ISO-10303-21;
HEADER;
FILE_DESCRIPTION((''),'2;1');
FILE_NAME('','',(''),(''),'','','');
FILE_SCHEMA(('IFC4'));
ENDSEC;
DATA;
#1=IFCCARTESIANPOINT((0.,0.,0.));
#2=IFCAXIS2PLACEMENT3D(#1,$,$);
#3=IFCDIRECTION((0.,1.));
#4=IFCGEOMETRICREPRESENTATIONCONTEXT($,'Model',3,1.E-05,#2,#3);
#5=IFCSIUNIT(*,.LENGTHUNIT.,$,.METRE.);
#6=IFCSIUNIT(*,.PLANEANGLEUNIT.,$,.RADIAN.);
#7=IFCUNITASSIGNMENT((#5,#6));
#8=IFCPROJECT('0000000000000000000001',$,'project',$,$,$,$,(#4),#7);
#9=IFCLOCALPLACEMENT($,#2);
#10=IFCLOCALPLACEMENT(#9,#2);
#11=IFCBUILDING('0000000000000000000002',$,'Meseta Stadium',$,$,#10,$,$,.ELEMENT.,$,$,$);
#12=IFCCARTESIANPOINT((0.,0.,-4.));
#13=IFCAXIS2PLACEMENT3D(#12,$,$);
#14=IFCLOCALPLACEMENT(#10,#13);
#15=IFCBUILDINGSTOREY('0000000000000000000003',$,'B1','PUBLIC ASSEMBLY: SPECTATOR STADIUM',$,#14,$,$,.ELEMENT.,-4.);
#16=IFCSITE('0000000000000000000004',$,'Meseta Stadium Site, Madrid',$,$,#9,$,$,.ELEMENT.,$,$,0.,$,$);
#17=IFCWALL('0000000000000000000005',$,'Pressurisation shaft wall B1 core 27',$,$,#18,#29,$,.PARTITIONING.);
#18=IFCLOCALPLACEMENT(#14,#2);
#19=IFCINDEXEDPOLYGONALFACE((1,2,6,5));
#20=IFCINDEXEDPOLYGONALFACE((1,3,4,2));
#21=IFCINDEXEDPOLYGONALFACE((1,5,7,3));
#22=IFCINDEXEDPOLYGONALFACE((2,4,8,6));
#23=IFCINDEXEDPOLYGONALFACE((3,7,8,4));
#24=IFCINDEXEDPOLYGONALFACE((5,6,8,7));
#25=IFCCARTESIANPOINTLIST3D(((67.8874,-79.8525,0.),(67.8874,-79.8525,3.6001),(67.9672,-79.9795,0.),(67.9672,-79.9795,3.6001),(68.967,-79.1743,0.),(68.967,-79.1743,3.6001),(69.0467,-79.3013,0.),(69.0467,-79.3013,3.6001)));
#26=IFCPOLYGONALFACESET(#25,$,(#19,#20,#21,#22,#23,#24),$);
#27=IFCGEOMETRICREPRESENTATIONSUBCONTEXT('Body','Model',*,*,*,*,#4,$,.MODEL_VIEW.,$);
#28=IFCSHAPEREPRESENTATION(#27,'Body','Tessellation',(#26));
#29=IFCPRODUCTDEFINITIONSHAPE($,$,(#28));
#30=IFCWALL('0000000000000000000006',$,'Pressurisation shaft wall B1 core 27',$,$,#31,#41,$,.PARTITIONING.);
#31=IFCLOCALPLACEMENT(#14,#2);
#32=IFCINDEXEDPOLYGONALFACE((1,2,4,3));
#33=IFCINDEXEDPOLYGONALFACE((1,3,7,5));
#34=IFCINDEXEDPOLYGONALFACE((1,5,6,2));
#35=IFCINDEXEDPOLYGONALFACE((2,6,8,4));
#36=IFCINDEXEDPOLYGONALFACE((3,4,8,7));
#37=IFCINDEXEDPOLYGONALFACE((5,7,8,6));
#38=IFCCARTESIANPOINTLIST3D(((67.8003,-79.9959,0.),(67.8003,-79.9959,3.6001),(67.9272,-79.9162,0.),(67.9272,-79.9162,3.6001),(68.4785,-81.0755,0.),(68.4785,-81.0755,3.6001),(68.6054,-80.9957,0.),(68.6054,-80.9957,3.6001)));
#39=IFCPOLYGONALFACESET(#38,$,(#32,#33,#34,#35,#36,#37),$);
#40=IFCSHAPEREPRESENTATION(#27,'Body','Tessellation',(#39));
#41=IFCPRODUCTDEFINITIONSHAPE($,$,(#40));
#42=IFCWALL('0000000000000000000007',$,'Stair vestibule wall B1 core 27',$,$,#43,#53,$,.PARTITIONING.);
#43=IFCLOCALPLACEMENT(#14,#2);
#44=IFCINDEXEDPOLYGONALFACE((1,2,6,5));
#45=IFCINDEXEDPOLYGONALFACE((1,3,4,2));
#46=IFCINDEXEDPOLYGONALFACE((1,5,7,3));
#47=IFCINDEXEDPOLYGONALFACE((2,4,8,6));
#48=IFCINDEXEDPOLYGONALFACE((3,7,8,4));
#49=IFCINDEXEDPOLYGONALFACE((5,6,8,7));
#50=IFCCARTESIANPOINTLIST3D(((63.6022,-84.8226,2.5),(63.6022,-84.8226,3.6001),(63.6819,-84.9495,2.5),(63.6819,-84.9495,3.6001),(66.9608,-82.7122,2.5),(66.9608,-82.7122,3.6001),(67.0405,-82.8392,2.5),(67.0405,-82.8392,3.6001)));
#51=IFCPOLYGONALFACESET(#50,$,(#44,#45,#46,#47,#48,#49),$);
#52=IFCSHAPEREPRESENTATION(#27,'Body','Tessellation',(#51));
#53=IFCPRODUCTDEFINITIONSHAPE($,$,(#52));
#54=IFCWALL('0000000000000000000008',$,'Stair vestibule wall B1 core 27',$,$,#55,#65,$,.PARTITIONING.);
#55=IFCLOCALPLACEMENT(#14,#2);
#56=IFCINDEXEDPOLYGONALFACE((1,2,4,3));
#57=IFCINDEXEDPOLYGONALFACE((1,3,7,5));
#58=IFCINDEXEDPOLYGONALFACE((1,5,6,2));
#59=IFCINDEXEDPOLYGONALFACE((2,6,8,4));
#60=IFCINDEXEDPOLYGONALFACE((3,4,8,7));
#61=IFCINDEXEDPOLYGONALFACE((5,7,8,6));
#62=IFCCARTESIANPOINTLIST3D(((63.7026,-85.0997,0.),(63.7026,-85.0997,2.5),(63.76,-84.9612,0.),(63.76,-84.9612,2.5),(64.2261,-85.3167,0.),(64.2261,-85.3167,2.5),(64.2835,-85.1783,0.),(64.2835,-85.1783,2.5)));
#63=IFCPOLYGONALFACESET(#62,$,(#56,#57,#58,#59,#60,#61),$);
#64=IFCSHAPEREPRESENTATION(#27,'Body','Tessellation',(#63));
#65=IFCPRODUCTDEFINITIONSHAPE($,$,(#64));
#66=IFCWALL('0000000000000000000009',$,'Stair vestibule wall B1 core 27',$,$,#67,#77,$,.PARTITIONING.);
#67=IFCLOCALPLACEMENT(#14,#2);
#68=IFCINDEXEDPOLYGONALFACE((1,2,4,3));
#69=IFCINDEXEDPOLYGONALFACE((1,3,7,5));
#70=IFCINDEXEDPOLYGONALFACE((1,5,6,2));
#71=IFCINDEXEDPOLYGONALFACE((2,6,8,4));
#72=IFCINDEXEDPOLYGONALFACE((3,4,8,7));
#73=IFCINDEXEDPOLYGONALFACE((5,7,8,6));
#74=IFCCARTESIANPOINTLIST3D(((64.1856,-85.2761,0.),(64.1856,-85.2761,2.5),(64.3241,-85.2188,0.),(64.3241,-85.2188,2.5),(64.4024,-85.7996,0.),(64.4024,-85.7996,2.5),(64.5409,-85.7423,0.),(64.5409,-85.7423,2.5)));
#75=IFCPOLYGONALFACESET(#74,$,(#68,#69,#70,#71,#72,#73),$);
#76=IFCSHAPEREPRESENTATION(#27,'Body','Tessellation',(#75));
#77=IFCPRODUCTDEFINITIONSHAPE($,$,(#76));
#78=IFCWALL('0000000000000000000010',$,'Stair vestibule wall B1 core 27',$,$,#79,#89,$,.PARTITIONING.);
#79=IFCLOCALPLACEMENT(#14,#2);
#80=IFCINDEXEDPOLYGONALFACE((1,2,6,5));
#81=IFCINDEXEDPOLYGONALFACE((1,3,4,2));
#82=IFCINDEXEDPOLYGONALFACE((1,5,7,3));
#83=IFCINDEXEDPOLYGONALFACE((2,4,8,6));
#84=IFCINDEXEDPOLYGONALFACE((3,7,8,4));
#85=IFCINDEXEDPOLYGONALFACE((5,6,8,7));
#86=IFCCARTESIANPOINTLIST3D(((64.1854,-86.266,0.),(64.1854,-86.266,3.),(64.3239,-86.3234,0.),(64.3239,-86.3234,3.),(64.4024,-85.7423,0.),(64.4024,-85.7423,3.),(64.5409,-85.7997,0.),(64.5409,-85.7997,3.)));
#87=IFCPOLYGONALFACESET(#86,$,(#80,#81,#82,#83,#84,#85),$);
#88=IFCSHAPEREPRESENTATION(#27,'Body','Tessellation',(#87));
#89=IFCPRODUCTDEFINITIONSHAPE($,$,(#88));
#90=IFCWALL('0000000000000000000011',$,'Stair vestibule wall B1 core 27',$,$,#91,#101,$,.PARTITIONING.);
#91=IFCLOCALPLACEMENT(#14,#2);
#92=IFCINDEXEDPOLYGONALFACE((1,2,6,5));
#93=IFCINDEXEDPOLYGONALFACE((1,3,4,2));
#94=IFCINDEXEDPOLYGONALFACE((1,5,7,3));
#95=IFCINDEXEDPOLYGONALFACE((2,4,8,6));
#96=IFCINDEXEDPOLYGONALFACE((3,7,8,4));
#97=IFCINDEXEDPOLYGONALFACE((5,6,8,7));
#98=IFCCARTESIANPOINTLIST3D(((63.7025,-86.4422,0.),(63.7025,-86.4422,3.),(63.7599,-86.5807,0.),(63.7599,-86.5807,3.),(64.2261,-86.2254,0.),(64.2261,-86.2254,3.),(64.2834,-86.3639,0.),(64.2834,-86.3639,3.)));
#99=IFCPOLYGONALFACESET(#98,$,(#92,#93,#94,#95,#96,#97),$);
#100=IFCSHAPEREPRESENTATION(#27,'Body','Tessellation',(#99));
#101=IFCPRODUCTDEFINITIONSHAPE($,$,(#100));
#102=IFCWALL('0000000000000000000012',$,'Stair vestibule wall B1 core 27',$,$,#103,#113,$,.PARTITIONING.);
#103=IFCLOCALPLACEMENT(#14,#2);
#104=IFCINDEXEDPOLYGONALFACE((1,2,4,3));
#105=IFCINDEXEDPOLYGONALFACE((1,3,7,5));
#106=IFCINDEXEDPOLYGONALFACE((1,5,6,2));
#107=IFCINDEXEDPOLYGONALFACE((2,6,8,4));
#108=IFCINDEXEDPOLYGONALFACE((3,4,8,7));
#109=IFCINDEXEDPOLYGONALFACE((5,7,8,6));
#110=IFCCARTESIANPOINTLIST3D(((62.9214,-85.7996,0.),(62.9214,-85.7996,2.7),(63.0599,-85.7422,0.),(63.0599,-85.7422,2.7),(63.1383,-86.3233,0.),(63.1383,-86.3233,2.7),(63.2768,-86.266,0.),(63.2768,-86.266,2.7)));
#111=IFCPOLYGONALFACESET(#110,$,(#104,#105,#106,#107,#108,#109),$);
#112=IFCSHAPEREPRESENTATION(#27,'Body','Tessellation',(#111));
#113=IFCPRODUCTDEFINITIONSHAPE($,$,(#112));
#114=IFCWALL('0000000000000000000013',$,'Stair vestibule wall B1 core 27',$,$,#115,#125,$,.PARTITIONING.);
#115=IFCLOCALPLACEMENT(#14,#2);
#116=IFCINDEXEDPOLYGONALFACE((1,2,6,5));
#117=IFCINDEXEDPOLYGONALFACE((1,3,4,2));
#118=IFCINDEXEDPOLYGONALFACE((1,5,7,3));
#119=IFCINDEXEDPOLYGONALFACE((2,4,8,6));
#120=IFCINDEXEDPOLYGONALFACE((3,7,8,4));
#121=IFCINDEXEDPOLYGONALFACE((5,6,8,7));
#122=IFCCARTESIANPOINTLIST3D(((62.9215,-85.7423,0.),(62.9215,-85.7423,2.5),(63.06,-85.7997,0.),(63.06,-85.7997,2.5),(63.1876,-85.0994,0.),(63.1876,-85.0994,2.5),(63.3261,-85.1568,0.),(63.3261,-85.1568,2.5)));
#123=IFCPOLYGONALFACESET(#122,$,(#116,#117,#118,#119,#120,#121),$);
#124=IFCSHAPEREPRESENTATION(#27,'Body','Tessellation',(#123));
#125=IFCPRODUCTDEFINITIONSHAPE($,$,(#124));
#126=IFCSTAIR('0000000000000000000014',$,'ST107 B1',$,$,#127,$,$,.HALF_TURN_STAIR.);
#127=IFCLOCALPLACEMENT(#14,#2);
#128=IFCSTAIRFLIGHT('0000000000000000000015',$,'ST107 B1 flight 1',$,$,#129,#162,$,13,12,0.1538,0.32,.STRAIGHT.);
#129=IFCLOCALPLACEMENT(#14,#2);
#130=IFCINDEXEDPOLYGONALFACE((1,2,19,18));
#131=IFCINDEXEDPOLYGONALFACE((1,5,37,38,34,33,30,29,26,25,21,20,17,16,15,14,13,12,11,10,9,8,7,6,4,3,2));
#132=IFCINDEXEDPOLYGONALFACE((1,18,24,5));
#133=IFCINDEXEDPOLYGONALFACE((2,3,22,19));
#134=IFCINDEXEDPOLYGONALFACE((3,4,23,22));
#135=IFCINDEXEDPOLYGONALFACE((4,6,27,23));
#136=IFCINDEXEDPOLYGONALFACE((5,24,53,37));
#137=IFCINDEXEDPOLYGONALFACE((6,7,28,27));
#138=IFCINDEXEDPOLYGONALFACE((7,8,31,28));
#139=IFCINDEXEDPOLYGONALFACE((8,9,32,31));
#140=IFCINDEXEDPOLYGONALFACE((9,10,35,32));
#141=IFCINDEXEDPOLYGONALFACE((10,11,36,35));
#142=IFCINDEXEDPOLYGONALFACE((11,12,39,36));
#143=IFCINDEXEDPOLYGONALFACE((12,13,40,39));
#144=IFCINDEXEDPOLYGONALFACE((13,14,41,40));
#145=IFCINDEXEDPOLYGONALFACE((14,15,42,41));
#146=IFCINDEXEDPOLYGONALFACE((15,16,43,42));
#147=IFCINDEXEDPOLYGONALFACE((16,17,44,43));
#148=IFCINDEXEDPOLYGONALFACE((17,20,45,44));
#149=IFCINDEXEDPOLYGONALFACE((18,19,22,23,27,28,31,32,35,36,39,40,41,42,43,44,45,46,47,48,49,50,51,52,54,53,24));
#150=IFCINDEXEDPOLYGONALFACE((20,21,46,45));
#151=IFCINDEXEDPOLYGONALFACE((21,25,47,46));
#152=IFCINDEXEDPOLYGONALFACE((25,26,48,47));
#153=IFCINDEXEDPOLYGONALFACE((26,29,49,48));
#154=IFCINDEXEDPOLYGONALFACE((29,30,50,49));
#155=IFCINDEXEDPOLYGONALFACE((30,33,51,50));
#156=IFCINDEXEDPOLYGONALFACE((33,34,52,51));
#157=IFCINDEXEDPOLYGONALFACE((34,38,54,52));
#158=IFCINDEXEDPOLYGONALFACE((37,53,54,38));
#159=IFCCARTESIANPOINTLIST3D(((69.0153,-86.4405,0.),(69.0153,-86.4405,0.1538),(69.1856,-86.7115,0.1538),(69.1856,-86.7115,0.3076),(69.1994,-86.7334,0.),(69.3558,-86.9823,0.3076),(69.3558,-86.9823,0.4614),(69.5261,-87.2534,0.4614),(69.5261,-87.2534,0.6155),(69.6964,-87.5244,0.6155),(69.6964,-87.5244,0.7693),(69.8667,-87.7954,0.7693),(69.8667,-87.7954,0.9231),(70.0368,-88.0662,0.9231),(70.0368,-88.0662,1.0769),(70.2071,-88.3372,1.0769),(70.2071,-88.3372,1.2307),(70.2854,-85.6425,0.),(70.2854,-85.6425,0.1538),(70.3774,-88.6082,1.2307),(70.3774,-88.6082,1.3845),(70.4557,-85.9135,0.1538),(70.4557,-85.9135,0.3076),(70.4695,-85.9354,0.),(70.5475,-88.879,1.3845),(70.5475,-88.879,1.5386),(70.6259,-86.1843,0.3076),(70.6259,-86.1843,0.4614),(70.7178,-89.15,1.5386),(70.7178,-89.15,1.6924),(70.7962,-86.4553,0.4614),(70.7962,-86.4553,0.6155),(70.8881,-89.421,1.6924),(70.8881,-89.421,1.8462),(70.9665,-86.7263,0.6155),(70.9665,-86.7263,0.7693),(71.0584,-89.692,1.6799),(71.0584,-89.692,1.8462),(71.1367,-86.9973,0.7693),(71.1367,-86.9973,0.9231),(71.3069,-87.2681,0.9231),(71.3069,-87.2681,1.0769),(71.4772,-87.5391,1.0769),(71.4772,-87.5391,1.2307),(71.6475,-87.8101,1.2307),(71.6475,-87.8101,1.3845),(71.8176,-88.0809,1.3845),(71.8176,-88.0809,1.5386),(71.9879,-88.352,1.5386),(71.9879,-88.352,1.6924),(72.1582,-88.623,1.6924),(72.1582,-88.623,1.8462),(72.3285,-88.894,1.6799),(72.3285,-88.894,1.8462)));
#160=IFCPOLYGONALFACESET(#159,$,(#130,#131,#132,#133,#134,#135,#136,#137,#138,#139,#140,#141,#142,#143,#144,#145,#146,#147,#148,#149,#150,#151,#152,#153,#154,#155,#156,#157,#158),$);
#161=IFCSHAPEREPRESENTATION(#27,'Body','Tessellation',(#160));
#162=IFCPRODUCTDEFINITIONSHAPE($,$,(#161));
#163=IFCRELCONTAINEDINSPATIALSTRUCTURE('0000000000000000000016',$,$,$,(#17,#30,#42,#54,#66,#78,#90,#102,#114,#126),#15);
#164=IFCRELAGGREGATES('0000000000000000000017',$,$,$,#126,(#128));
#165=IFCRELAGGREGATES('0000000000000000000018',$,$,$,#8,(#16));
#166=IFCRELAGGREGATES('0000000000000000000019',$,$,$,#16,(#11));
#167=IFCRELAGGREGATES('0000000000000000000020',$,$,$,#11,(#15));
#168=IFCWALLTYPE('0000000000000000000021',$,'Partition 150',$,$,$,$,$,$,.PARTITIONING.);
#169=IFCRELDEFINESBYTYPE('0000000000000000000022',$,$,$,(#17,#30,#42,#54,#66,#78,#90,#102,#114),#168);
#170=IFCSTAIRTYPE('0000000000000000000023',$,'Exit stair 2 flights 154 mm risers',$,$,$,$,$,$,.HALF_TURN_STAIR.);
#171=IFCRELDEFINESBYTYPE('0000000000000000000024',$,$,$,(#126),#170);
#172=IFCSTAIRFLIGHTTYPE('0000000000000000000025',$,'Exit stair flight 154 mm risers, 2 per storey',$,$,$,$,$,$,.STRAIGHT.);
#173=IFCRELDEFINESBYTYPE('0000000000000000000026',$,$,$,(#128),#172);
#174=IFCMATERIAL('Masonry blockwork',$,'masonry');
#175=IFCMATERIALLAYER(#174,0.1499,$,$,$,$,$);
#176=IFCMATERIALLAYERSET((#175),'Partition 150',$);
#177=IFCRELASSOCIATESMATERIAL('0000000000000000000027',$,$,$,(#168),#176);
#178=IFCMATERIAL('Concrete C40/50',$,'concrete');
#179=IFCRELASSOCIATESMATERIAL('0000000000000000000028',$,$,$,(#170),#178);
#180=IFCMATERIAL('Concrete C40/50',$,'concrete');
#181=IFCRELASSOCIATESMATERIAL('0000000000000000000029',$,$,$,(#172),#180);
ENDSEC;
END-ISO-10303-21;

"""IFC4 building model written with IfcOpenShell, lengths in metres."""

from ifc_helpers import new_model, si_unit, direction, frame, frame_2d, origin, place, context, subcontext, project, spatial, polyline, rectangle, outline, extrude, material, layer, layer_set, type_object, element, aggregate, save


model = new_model("IFC4")

# Units and contexts
model_context = context("Model", 3, precision=1e-05, world=origin(), true_north=direction((0.0, 1.0)))
body_context = subcontext(model_context, "Body", "Model", "MODEL_VIEW")
ifc_project = project(units=[si_unit("LENGTHUNIT", "METRE"), si_unit("PLANEANGLEUNIT", "RADIAN")], contexts=[model_context])

# Site, building, storey
site_placement = place(None, origin())
site = spatial("IfcSite", under=ifc_project, at=site_placement, Name="Meseta Stadium Site, Madrid", CompositionType="ELEMENT", RefElevation=0.0)
building_placement = place(site_placement, origin())
building = spatial("IfcBuilding", under=site, at=building_placement, Name="Meseta Stadium", CompositionType="ELEMENT")
storey_placement = place(building_placement, frame((0.0, 0.0, -4.0)))
storey = spatial("IfcBuildingStorey", under=building, at=storey_placement, Name="B1", Description="PUBLIC ASSEMBLY: SPECTATOR STADIUM", CompositionType="ELEMENT", Elevation=-4.0)

# Walls
ifc_material_1 = material(Name="Masonry blockwork", Category="masonry")
ifc_layer_1 = layer(ifc_material_1, 0.1499)
ifc_layer_set_1 = layer_set([ifc_layer_1], Name="Partition 150")
wall_type_1 = type_object("IfcWallType", Name="Partition 150", PredefinedType="PARTITIONING", material=ifc_layer_set_1)
for number, where, z_axis, x_axis, name in (
    (1, (69.0068, -79.2378, 0.0), (0.0, 0.0, 1.0), (-0.84677, -0.53196, 0.0), "Pressurisation shaft wall B1 core 27"),
    (2, (67.8638, -79.9561, 0.0), (0.0, 0.0, 1.0), (0.53196, -0.84677, 0.0), "Pressurisation shaft wall B1 core 27"),
):
    element("IfcWall", number, at=place(storey_placement, frame(where, z_axis=z_axis, x_axis=x_axis)), inside=storey, type_object=wall_type_1, Name=name, PredefinedType="PARTITIONING", context=body_context, shape_type="SweptSolid", body=[
        extrude(rectangle(XDim=1.2749, YDim=0.1499, at=frame_2d((0.6375, 0.0))), origin(), (0.0, 0.0, 1.0), 3.6001),
    ])
wall_1_placement = place(storey_placement, frame((67.0007, -82.7756, 2.5), z_axis=(0.0, 0.0, 1.0), x_axis=(-0.846727, -0.532028, 0.0)))
element("IfcWall", 3, at=wall_1_placement, inside=storey, type_object=wall_type_1, Name="Stair vestibule wall B1 core 27", PredefinedType="PARTITIONING", context=body_context, shape_type="SweptSolid", body=[
    extrude(rectangle(XDim=3.9666, YDim=0.1499, at=frame_2d((1.9834, 0.0))), origin(), (0.0, 0.0, 1.0), 1.1001),
])
for number, where, z_axis, x_axis, name in (
    (4, (63.7314, -85.0305, 0.0), (0.0, 0.0, 1.0), (0.923738, -0.383024, 0.0), "Stair vestibule wall B1 core 27"),
    (5, (64.2549, -85.2476, 0.0), (0.0, 0.0, 1.0), (0.382656, -0.923891, 0.0), "Stair vestibule wall B1 core 27"),
):
    element("IfcWall", number, at=place(storey_placement, frame(where, z_axis=z_axis, x_axis=x_axis)), inside=storey, type_object=wall_type_1, Name=name, PredefinedType="PARTITIONING", context=body_context, shape_type="SweptSolid", body=[
        extrude(rectangle(XDim=0.5667, YDim=0.1499, at=frame_2d((0.2832, 0.0))), origin(), (0.0, 0.0, 1.0), 2.5),
    ])
wall_2_placement = place(storey_placement, frame((64.4717, -85.771, 0.0), z_axis=(0.0, 0.0, 1.0), x_axis=(-0.382872, -0.923802, 0.0)))
element("IfcWall", 6, at=wall_2_placement, inside=storey, type_object=wall_type_1, Name="Stair vestibule wall B1 core 27", PredefinedType="PARTITIONING", context=body_context, shape_type="SweptSolid", body=[
    extrude(rectangle(XDim=0.5669, YDim=0.1499, at=frame_2d((0.2834, 0.0))), origin(), (0.0, 0.0, 1.0), 3.0),
])
wall_3_placement = place(storey_placement, frame((64.2546, -86.2947, 0.0), z_axis=(0.0, 0.0, 1.0), x_axis=(-0.923891, -0.382656, 0.0)))
element("IfcWall", 7, at=wall_3_placement, inside=storey, type_object=wall_type_1, Name="Stair vestibule wall B1 core 27", PredefinedType="PARTITIONING", context=body_context, shape_type="SweptSolid", body=[
    extrude(rectangle(XDim=0.5667, YDim=0.1499, at=frame_2d((0.2832, 0.0))), origin(), (0.0, 0.0, 1.0), 3.0),
])
wall_4_placement = place(storey_placement, frame((63.2075, -86.2947, 0.0), z_axis=(0.0, 0.0, 1.0), x_axis=(-0.382504, 0.923954, 0.0)))
element("IfcWall", 8, at=wall_4_placement, inside=storey, type_object=wall_type_1, Name="Stair vestibule wall B1 core 27", PredefinedType="PARTITIONING", context=body_context, shape_type="SweptSolid", body=[
    extrude(rectangle(XDim=0.5669, YDim=0.1499, at=frame_2d((0.2834, 0.0))), origin(), (0.0, 0.0, 1.0), 2.7),
])
wall_5_placement = place(storey_placement, frame((62.9907, -85.771, 0.0), z_axis=(0.0, 0.0, 1.0), x_axis=(0.382496, 0.923957, 0.0)))
element("IfcWall", 9, at=wall_5_placement, inside=storey, type_object=wall_type_1, Name="Stair vestibule wall B1 core 27", PredefinedType="PARTITIONING", context=body_context, shape_type="SweptSolid", body=[
    extrude(rectangle(XDim=0.6958, YDim=0.1499, at=frame_2d((0.3479, 0.0))), origin(), (0.0, 0.0, 1.0), 2.5),
])

# Stair, stair flight
ifc_material_2 = material(Name="Concrete C40/50", Category="concrete")
stair_type = type_object("IfcStairType", Name="Exit stair 2 flights 154 mm risers", PredefinedType="HALF_TURN_STAIR", material=ifc_material_2)
stair_placement = place(storey_placement, origin())
stair = element("IfcStair", 10, at=stair_placement, inside=storey, type_object=stair_type, Name="ST107 B1", PredefinedType="HALF_TURN_STAIR")
ifc_material_3 = material(Name="Concrete C40/50", Category="concrete")
stair_flight_type = type_object("IfcStairFlightType", Name="Exit stair flight 154 mm risers, 2 per storey", PredefinedType="STRAIGHT", material=ifc_material_3)
stair_flight_placement = place(storey_placement, frame((69.6504, -86.0415, 0.0), z_axis=(0.0, 0.0, 1.0), x_axis=(0.532032, -0.846724, 0.0)))
stair_flight = element("IfcStairFlight", 11, at=stair_flight_placement, type_object=stair_flight_type, Name="ST107 B1 flight 1", NumberOfRisers=13, NumberOfTreads=12, PredefinedType="STRAIGHT", RiserHeight=0.1538, TreadLength=0.32, context=body_context, shape_type="SweptSolid", body=[
    extrude(outline(polyline([(0.0, 0.0), (0.0, 0.1538), (0.3201, 0.1538), (0.3201, 0.3076), (0.6399, 0.3076), (0.6399, 0.4614), (0.96, 0.4614), (0.96, 0.6155), (1.28, 0.6155), (1.28, 0.7693), (1.6001, 0.7693), (1.6001, 0.9231), (1.9199, 0.9231), (1.9199, 1.0769), (2.24, 1.0769), (2.24, 1.2307), (2.5601, 1.2307), (2.5601, 1.3845), (2.8799, 1.3845), (2.8799, 1.5386), (3.2, 1.5386), (3.2, 1.6924), (3.52, 1.6924), (3.52, 1.8462), (3.8401, 1.8462), (3.8401, 1.6799), (0.3459, 0.0), (0.0, 0.0)])), frame((0.0, 0.75, 0.0), z_axis=(0.0, -1.0, 0.0), x_axis=(1.0, 0.0, 0.0)), (0.0, 0.0, 1.0), 1.5),
])
aggregate(stair, [stair_flight])

save(model, "model.ifc")
